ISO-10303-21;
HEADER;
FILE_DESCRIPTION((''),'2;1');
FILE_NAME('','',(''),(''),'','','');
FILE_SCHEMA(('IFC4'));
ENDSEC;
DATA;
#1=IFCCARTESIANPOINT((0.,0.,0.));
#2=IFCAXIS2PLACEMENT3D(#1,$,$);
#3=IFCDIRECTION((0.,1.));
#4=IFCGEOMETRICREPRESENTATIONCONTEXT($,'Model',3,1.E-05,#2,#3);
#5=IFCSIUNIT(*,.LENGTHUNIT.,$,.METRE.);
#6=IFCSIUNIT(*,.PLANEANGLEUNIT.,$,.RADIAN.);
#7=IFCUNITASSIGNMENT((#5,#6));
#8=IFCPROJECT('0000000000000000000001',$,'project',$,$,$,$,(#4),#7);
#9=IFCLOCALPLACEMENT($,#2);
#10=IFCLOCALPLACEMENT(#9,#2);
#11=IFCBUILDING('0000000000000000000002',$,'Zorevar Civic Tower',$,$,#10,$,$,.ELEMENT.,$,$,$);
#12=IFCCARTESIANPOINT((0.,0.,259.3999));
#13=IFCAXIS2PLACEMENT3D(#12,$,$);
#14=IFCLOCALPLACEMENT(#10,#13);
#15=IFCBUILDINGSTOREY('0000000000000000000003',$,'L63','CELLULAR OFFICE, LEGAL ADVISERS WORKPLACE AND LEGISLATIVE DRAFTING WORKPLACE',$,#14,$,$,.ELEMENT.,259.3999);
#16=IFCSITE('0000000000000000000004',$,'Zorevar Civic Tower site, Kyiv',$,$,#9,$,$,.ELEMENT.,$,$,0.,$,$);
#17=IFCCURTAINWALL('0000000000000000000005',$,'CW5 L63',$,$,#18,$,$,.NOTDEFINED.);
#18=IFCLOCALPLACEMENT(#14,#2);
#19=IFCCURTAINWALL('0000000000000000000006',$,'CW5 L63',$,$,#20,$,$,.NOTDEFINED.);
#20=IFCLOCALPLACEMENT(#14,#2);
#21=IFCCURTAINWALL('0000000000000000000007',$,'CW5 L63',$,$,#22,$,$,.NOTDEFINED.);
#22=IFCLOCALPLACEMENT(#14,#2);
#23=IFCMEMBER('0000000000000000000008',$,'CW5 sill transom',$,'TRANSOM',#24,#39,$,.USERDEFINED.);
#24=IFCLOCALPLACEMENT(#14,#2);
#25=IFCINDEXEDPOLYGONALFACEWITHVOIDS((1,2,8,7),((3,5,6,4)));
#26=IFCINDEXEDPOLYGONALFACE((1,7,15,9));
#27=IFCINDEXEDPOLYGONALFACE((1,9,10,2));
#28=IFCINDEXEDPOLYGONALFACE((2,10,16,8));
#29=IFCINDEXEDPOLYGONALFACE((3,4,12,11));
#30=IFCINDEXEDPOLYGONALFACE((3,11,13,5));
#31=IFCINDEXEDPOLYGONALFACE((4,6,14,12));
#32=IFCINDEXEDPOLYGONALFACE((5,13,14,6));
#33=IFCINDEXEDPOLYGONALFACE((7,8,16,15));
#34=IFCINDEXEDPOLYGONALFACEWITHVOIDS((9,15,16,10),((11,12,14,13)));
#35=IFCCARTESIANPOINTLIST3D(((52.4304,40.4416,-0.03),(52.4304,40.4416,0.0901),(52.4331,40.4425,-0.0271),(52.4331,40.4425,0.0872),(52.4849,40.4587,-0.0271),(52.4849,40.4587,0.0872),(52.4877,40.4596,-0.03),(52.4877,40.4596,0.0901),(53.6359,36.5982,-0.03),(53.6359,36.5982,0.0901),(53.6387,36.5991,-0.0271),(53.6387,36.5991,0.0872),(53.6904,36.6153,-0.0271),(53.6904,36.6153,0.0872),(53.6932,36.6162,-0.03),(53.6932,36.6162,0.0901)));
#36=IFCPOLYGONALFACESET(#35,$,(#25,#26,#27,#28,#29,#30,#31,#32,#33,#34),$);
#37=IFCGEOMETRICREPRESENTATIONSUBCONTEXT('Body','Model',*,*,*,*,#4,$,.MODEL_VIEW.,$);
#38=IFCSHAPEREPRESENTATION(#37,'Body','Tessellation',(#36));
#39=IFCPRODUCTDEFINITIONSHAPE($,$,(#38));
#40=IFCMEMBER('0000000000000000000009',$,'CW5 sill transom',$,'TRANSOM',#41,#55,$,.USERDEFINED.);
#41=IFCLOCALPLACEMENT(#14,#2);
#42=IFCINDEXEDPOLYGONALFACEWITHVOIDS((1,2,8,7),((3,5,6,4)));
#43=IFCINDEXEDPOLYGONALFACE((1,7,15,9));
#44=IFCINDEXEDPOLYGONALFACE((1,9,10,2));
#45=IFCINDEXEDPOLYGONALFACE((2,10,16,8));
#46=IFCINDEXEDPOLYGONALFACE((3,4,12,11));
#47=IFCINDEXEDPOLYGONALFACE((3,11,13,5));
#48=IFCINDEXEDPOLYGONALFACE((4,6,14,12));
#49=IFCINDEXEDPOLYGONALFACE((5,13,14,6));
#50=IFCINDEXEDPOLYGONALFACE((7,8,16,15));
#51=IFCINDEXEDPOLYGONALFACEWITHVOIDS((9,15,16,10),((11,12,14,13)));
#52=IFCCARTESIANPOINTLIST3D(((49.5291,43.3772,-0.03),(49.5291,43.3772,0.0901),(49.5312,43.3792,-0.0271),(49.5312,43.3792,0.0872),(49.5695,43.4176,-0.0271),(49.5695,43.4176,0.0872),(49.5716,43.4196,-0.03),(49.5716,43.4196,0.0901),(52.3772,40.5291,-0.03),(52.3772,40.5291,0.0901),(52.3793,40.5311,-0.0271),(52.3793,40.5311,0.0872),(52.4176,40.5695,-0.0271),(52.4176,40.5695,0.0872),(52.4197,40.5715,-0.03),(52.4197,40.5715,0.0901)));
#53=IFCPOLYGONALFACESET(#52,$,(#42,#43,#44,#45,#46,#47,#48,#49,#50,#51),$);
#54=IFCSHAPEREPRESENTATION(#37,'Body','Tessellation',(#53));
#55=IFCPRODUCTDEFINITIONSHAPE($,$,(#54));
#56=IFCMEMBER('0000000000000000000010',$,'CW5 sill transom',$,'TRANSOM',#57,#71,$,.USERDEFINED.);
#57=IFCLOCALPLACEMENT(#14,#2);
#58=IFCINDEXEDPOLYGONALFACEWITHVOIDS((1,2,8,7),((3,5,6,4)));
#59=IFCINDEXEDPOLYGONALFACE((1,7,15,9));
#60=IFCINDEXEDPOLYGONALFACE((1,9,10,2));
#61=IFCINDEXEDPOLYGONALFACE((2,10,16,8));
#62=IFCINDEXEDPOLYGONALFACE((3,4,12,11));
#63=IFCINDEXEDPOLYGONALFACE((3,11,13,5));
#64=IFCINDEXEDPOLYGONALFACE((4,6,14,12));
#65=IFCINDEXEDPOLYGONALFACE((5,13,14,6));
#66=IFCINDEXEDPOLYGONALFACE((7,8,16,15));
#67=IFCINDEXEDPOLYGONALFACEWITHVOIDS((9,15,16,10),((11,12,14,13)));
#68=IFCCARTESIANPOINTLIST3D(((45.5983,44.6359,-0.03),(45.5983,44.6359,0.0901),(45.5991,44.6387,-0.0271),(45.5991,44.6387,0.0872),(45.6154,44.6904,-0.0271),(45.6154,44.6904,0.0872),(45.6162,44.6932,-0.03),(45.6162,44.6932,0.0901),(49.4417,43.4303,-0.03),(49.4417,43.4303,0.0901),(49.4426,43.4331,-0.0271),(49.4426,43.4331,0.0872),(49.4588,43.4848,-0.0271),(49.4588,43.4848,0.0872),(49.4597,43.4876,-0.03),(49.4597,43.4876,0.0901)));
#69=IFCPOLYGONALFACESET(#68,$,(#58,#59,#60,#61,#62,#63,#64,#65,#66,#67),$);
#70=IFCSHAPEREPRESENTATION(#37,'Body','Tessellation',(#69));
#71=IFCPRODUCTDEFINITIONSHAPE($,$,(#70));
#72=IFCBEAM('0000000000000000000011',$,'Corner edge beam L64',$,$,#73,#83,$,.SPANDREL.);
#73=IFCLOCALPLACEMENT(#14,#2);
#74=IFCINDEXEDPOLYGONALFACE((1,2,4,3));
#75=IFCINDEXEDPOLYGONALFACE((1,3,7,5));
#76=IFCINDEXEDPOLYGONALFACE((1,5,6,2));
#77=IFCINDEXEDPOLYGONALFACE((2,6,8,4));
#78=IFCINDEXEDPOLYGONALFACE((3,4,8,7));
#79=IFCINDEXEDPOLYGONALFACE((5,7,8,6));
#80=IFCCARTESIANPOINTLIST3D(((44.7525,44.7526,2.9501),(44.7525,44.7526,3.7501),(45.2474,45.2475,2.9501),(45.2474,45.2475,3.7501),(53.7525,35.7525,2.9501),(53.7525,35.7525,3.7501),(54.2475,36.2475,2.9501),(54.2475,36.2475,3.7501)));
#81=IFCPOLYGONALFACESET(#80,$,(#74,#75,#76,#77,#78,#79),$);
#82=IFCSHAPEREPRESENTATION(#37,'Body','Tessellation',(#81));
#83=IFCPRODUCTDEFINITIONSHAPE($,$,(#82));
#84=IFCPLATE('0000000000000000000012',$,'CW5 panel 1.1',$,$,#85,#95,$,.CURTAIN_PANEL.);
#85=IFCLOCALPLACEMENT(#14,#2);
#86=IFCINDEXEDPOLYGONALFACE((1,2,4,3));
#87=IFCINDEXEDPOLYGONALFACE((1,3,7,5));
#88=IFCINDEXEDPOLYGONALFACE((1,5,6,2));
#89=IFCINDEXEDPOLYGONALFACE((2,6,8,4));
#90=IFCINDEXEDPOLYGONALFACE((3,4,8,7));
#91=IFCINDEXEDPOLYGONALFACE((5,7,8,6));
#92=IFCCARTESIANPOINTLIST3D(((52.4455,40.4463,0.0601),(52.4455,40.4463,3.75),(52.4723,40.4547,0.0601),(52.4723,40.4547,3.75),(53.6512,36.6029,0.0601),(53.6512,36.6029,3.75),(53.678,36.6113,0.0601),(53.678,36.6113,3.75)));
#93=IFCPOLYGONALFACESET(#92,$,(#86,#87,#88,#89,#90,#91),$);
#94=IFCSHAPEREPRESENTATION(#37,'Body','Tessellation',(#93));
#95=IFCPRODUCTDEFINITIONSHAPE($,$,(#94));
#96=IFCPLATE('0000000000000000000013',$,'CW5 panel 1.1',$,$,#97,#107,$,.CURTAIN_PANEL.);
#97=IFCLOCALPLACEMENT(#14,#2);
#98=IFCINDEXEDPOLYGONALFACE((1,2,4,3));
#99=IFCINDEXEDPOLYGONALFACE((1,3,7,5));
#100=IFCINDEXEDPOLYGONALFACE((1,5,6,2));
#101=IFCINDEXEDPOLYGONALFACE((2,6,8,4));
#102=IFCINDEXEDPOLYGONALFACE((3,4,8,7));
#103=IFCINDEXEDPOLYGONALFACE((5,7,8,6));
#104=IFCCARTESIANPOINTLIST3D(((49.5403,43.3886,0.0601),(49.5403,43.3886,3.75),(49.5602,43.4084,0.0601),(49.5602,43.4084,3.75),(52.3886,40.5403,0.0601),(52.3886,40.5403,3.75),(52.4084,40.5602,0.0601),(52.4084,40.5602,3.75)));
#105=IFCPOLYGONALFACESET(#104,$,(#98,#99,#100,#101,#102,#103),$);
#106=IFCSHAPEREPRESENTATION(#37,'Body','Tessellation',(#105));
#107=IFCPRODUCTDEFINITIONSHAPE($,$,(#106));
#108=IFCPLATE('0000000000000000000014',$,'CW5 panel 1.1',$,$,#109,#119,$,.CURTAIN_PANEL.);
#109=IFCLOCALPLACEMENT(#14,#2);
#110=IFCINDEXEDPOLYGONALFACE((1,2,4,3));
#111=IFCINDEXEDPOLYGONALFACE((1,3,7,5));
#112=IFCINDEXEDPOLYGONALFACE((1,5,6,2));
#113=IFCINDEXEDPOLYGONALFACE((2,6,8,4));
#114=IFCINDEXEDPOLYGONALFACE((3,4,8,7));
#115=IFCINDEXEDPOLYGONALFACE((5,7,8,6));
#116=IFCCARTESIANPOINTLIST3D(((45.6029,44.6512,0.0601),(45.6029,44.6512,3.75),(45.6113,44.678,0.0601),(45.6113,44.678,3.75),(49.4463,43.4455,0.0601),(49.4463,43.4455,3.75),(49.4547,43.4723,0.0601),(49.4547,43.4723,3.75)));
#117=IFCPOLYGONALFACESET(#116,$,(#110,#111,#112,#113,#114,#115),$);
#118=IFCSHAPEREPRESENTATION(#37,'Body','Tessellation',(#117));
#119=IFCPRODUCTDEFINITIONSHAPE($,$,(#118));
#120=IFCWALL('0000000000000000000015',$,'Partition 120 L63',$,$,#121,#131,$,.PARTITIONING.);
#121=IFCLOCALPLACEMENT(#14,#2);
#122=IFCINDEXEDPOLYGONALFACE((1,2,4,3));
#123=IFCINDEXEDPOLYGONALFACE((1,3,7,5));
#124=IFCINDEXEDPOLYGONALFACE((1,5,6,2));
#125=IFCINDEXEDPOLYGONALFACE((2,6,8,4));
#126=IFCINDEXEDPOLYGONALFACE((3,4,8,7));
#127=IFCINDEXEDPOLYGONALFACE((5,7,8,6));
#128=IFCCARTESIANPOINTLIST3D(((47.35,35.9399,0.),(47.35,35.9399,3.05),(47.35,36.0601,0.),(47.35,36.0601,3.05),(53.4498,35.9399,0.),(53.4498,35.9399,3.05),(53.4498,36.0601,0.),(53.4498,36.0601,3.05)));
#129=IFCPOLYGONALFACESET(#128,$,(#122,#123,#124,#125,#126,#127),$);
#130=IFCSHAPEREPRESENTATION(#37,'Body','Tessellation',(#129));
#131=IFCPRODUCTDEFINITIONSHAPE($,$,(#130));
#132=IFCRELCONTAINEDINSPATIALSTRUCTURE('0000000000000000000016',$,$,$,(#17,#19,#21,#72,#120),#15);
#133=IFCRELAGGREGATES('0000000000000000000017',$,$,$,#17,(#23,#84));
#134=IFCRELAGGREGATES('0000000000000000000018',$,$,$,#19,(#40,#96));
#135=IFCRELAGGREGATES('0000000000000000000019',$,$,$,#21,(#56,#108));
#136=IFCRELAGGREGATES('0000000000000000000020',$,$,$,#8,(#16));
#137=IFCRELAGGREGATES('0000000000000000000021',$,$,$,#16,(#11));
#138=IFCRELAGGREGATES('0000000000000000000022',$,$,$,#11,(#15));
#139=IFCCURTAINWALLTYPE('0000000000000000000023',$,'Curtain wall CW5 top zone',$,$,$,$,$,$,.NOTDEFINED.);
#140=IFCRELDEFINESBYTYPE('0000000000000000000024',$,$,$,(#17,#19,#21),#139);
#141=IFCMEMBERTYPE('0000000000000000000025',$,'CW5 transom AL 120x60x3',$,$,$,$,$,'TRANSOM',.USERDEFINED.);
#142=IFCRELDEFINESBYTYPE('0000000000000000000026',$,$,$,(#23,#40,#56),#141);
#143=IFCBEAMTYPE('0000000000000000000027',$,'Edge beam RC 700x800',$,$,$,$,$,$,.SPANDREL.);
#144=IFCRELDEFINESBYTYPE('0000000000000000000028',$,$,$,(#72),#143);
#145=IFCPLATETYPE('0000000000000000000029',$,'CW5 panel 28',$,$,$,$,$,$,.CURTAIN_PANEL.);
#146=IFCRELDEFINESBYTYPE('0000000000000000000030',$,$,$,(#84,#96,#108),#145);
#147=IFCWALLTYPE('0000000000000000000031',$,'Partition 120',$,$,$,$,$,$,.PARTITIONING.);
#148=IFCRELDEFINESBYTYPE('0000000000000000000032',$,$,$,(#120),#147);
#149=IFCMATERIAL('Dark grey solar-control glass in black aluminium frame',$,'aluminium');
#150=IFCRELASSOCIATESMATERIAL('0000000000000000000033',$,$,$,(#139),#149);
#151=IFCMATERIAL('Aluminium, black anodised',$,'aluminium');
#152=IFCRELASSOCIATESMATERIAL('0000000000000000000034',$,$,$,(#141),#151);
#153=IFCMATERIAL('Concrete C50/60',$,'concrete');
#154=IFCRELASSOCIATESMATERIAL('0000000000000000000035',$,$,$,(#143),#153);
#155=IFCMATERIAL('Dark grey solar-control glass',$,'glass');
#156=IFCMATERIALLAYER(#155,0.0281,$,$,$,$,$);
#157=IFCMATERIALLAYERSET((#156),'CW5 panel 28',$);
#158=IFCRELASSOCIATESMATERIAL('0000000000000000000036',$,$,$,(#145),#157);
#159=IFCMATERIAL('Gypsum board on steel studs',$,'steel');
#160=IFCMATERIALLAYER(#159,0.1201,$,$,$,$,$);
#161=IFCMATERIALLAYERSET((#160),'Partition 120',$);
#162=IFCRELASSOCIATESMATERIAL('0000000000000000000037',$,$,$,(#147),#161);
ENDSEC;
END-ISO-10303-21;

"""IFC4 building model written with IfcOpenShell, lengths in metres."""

from ifc_helpers import new_model, si_unit, direction, frame, frame_2d, origin, origin_2d, place, context, subcontext, project, spatial, rectangle, hollow_rectangle, extrude, material, layer, layer_set, material_profile, profile_set, type_object, element, aggregate, save


model = new_model("IFC4")

# Units and contexts
model_context = context("Model", 3, precision=1e-05, world=origin(), true_north=direction((0.0, 1.0)))
body_context = subcontext(model_context, "Body", "Model", "MODEL_VIEW")
ifc_project = project(units=[si_unit("LENGTHUNIT", "METRE"), si_unit("PLANEANGLEUNIT", "RADIAN")], contexts=[model_context])

# Site, building, storey
site_placement = place(None, origin())
site = spatial("IfcSite", under=ifc_project, at=site_placement, Name="Zorevar Civic Tower site, Kyiv", CompositionType="ELEMENT", RefElevation=0.0)
building_placement = place(site_placement, origin())
building = spatial("IfcBuilding", under=site, at=building_placement, Name="Zorevar Civic Tower", CompositionType="ELEMENT")
storey_placement = place(building_placement, frame((0.0, 0.0, 259.3999)))
storey = spatial("IfcBuildingStorey", under=building, at=storey_placement, Name="L63", Description="CELLULAR OFFICE, LEGAL ADVISERS WORKPLACE AND LEGISLATIVE DRAFTING WORKPLACE", CompositionType="ELEMENT", Elevation=259.3999)

# Shared definitions
ifc_material_1 = material(Name="Dark grey solar-control glass in black aluminium frame", Category="aluminium")
curtain_wall_type = type_object("IfcCurtainWallType", Name="Curtain wall CW5 top zone", PredefinedType="NOTDEFINED", material=ifc_material_1)

# Curtain walls
curtain_wall_1_placement = place(storey_placement, origin())
curtain_wall_1 = element("IfcCurtainWall", 1, at=curtain_wall_1_placement, inside=storey, type_object=curtain_wall_type, Name="CW5 L63", PredefinedType="NOTDEFINED")
curtain_wall_2_placement = place(storey_placement, origin())
curtain_wall_2 = element("IfcCurtainWall", 2, at=curtain_wall_2_placement, inside=storey, type_object=curtain_wall_type, Name="CW5 L63", PredefinedType="NOTDEFINED")
curtain_wall_3_placement = place(storey_placement, origin())
curtain_wall_3 = element("IfcCurtainWall", 3, at=curtain_wall_3_placement, inside=storey, type_object=curtain_wall_type, Name="CW5 L63", PredefinedType="NOTDEFINED")

# Members
ifc_material_2 = material(Name="Aluminium, black anodised", Category="aluminium")
ifc_material_profile_1 = material_profile(ifc_material_2, hollow_rectangle(XDim=0.0601, YDim=0.1201, WallThickness=0.0029, at=origin_2d()), Name="AL 120x60x3")
ifc_profile_set_1 = profile_set([ifc_material_profile_1], Name="Aluminium, black anodised")
member_type_1 = type_object("IfcMemberType", Name="CW5 transom AL 120x60x3", ElementType="TRANSOM", PredefinedType="USERDEFINED", material=ifc_profile_set_1)
member_1_placement = place(storey_placement, frame((53.6646, 36.6072, 0.03), z_axis=(-0.299286, 0.954163, 0.0), x_axis=(-0.954163, -0.299286, 0.0)))
member_1 = element("IfcMember", 4, at=member_1_placement, type_object=member_type_1, Name="CW5 sill transom", ObjectType="TRANSOM", PredefinedType="USERDEFINED", context=body_context, shape_type="SweptSolid", body=[
    extrude(hollow_rectangle(XDim=0.0601, YDim=0.1201, WallThickness=0.0029, at=origin_2d()), origin(), (0.0, 0.0, 1.0), 4.0281),
])
member_2_placement = place(storey_placement, frame((52.3984, 40.5503, 0.03), z_axis=(-0.707107, 0.707107, 0.0), x_axis=(-0.707107, -0.707107, 0.0)))
member_2 = element("IfcMember", 5, at=member_2_placement, type_object=member_type_1, Name="CW5 sill transom", ObjectType="TRANSOM", PredefinedType="USERDEFINED", context=body_context, shape_type="SweptSolid", body=[
    extrude(hollow_rectangle(XDim=0.0601, YDim=0.1201, WallThickness=0.0029, at=origin_2d()), origin(), (0.0, 0.0, 1.0), 4.0278),
])
member_3_placement = place(storey_placement, frame((49.4507, 43.459, 0.03), z_axis=(-0.954163, 0.299286, 0.0), x_axis=(-0.299286, -0.954163, 0.0)))
member_3 = element("IfcMember", 6, at=member_3_placement, type_object=member_type_1, Name="CW5 sill transom", ObjectType="TRANSOM", PredefinedType="USERDEFINED", context=body_context, shape_type="SweptSolid", body=[
    extrude(hollow_rectangle(XDim=0.0601, YDim=0.1201, WallThickness=0.0029, at=origin_2d()), origin(), (0.0, 0.0, 1.0), 4.0281),
])

# Beam
ifc_material_3 = material(Name="Concrete C50/60", Category="concrete")
ifc_material_profile_2 = material_profile(ifc_material_3, rectangle(XDim=0.7, YDim=0.8, at=origin_2d()), Name="RC 700x800")
ifc_profile_set_2 = profile_set([ifc_material_profile_2], Name="Concrete C50/60")
beam_type_1 = type_object("IfcBeamType", Name="Edge beam RC 700x800", PredefinedType="SPANDREL", material=ifc_profile_set_2)
beam_1_placement = place(storey_placement, frame((54.0, 36.0, 3.3501), z_axis=(-0.707107, 0.707107, 0.0), x_axis=(-0.707107, -0.707107, 0.0)))
element("IfcBeam", 7, at=beam_1_placement, inside=storey, type_object=beam_type_1, Name="Corner edge beam L64", PredefinedType="SPANDREL", context=body_context, shape_type="SweptSolid", body=[
    extrude(rectangle(XDim=0.7, YDim=0.8, at=origin_2d()), origin(), (0.0, 0.0, 1.0), 12.728),
])

# Plates
ifc_material_4 = material(Name="Dark grey solar-control glass", Category="glass")
ifc_layer_1 = layer(ifc_material_4, 0.0281)
ifc_layer_set_1 = layer_set([ifc_layer_1], Name="CW5 panel 28")
plate_type = type_object("IfcPlateType", Name="CW5 panel 28", PredefinedType="CURTAIN_PANEL", material=ifc_layer_set_1)
plate_1_placement = place(storey_placement, frame((53.0618, 38.5288, 0.0601), z_axis=(0.0, 0.0, 1.0), x_axis=(-0.299318, 0.954153, 0.0)))
plate_1 = element("IfcPlate", 8, at=plate_1_placement, type_object=plate_type, Name="CW5 panel 1.1", PredefinedType="CURTAIN_PANEL", context=body_context, shape_type="SweptSolid", body=[
    extrude(rectangle(XDim=4.0281, YDim=0.0281, at=origin_2d()), origin(), (0.0, 0.0, 1.0), 3.6899),
])
aggregate(curtain_wall_1, [member_1, plate_1])
plate_2_placement = place(storey_placement, frame((50.9744, 41.9744, 0.0601), z_axis=(0.0, 0.0, 1.0), x_axis=(-0.707107, 0.707107, 0.0)))
plate_2 = element("IfcPlate", 9, at=plate_2_placement, type_object=plate_type, Name="CW5 panel 1.1", PredefinedType="CURTAIN_PANEL", context=body_context, shape_type="SweptSolid", body=[
    extrude(rectangle(XDim=4.0281, YDim=0.0281, at=origin_2d()), origin(), (0.0, 0.0, 1.0), 3.6899),
])
aggregate(curtain_wall_2, [member_2, plate_2])
plate_3_placement = place(storey_placement, frame((47.5288, 44.0618, 0.0601), z_axis=(0.0, 0.0, 1.0), x_axis=(-0.954153, 0.299318, 0.0)))
plate_3 = element("IfcPlate", 10, at=plate_3_placement, type_object=plate_type, Name="CW5 panel 1.1", PredefinedType="CURTAIN_PANEL", context=body_context, shape_type="SweptSolid", body=[
    extrude(rectangle(XDim=4.0281, YDim=0.0281, at=origin_2d()), origin(), (0.0, 0.0, 1.0), 3.6899),
])
aggregate(curtain_wall_3, [member_3, plate_3])

# Wall
ifc_material_5 = material(Name="Gypsum board on steel studs", Category="steel")
ifc_layer_2 = layer(ifc_material_5, 0.1201)
ifc_layer_set_2 = layer_set([ifc_layer_2], Name="Partition 120")
wall_type_1 = type_object("IfcWallType", Name="Partition 120", PredefinedType="PARTITIONING", material=ifc_layer_set_2)
wall_1_placement = place(storey_placement, frame((47.3501, 36.0, 0.0), z_axis=(0.0, 0.0, 1.0), x_axis=(1.0, 0.0, 0.0)))
element("IfcWall", 11, at=wall_1_placement, inside=storey, type_object=wall_type_1, Name="Partition 120 L63", PredefinedType="PARTITIONING", context=body_context, shape_type="SweptSolid", body=[
    extrude(rectangle(XDim=6.0999, YDim=0.1201, at=frame_2d((3.0498, 0.0))), origin(), (0.0, 0.0, 1.0), 3.05),
])

save(model, "model.ifc")
